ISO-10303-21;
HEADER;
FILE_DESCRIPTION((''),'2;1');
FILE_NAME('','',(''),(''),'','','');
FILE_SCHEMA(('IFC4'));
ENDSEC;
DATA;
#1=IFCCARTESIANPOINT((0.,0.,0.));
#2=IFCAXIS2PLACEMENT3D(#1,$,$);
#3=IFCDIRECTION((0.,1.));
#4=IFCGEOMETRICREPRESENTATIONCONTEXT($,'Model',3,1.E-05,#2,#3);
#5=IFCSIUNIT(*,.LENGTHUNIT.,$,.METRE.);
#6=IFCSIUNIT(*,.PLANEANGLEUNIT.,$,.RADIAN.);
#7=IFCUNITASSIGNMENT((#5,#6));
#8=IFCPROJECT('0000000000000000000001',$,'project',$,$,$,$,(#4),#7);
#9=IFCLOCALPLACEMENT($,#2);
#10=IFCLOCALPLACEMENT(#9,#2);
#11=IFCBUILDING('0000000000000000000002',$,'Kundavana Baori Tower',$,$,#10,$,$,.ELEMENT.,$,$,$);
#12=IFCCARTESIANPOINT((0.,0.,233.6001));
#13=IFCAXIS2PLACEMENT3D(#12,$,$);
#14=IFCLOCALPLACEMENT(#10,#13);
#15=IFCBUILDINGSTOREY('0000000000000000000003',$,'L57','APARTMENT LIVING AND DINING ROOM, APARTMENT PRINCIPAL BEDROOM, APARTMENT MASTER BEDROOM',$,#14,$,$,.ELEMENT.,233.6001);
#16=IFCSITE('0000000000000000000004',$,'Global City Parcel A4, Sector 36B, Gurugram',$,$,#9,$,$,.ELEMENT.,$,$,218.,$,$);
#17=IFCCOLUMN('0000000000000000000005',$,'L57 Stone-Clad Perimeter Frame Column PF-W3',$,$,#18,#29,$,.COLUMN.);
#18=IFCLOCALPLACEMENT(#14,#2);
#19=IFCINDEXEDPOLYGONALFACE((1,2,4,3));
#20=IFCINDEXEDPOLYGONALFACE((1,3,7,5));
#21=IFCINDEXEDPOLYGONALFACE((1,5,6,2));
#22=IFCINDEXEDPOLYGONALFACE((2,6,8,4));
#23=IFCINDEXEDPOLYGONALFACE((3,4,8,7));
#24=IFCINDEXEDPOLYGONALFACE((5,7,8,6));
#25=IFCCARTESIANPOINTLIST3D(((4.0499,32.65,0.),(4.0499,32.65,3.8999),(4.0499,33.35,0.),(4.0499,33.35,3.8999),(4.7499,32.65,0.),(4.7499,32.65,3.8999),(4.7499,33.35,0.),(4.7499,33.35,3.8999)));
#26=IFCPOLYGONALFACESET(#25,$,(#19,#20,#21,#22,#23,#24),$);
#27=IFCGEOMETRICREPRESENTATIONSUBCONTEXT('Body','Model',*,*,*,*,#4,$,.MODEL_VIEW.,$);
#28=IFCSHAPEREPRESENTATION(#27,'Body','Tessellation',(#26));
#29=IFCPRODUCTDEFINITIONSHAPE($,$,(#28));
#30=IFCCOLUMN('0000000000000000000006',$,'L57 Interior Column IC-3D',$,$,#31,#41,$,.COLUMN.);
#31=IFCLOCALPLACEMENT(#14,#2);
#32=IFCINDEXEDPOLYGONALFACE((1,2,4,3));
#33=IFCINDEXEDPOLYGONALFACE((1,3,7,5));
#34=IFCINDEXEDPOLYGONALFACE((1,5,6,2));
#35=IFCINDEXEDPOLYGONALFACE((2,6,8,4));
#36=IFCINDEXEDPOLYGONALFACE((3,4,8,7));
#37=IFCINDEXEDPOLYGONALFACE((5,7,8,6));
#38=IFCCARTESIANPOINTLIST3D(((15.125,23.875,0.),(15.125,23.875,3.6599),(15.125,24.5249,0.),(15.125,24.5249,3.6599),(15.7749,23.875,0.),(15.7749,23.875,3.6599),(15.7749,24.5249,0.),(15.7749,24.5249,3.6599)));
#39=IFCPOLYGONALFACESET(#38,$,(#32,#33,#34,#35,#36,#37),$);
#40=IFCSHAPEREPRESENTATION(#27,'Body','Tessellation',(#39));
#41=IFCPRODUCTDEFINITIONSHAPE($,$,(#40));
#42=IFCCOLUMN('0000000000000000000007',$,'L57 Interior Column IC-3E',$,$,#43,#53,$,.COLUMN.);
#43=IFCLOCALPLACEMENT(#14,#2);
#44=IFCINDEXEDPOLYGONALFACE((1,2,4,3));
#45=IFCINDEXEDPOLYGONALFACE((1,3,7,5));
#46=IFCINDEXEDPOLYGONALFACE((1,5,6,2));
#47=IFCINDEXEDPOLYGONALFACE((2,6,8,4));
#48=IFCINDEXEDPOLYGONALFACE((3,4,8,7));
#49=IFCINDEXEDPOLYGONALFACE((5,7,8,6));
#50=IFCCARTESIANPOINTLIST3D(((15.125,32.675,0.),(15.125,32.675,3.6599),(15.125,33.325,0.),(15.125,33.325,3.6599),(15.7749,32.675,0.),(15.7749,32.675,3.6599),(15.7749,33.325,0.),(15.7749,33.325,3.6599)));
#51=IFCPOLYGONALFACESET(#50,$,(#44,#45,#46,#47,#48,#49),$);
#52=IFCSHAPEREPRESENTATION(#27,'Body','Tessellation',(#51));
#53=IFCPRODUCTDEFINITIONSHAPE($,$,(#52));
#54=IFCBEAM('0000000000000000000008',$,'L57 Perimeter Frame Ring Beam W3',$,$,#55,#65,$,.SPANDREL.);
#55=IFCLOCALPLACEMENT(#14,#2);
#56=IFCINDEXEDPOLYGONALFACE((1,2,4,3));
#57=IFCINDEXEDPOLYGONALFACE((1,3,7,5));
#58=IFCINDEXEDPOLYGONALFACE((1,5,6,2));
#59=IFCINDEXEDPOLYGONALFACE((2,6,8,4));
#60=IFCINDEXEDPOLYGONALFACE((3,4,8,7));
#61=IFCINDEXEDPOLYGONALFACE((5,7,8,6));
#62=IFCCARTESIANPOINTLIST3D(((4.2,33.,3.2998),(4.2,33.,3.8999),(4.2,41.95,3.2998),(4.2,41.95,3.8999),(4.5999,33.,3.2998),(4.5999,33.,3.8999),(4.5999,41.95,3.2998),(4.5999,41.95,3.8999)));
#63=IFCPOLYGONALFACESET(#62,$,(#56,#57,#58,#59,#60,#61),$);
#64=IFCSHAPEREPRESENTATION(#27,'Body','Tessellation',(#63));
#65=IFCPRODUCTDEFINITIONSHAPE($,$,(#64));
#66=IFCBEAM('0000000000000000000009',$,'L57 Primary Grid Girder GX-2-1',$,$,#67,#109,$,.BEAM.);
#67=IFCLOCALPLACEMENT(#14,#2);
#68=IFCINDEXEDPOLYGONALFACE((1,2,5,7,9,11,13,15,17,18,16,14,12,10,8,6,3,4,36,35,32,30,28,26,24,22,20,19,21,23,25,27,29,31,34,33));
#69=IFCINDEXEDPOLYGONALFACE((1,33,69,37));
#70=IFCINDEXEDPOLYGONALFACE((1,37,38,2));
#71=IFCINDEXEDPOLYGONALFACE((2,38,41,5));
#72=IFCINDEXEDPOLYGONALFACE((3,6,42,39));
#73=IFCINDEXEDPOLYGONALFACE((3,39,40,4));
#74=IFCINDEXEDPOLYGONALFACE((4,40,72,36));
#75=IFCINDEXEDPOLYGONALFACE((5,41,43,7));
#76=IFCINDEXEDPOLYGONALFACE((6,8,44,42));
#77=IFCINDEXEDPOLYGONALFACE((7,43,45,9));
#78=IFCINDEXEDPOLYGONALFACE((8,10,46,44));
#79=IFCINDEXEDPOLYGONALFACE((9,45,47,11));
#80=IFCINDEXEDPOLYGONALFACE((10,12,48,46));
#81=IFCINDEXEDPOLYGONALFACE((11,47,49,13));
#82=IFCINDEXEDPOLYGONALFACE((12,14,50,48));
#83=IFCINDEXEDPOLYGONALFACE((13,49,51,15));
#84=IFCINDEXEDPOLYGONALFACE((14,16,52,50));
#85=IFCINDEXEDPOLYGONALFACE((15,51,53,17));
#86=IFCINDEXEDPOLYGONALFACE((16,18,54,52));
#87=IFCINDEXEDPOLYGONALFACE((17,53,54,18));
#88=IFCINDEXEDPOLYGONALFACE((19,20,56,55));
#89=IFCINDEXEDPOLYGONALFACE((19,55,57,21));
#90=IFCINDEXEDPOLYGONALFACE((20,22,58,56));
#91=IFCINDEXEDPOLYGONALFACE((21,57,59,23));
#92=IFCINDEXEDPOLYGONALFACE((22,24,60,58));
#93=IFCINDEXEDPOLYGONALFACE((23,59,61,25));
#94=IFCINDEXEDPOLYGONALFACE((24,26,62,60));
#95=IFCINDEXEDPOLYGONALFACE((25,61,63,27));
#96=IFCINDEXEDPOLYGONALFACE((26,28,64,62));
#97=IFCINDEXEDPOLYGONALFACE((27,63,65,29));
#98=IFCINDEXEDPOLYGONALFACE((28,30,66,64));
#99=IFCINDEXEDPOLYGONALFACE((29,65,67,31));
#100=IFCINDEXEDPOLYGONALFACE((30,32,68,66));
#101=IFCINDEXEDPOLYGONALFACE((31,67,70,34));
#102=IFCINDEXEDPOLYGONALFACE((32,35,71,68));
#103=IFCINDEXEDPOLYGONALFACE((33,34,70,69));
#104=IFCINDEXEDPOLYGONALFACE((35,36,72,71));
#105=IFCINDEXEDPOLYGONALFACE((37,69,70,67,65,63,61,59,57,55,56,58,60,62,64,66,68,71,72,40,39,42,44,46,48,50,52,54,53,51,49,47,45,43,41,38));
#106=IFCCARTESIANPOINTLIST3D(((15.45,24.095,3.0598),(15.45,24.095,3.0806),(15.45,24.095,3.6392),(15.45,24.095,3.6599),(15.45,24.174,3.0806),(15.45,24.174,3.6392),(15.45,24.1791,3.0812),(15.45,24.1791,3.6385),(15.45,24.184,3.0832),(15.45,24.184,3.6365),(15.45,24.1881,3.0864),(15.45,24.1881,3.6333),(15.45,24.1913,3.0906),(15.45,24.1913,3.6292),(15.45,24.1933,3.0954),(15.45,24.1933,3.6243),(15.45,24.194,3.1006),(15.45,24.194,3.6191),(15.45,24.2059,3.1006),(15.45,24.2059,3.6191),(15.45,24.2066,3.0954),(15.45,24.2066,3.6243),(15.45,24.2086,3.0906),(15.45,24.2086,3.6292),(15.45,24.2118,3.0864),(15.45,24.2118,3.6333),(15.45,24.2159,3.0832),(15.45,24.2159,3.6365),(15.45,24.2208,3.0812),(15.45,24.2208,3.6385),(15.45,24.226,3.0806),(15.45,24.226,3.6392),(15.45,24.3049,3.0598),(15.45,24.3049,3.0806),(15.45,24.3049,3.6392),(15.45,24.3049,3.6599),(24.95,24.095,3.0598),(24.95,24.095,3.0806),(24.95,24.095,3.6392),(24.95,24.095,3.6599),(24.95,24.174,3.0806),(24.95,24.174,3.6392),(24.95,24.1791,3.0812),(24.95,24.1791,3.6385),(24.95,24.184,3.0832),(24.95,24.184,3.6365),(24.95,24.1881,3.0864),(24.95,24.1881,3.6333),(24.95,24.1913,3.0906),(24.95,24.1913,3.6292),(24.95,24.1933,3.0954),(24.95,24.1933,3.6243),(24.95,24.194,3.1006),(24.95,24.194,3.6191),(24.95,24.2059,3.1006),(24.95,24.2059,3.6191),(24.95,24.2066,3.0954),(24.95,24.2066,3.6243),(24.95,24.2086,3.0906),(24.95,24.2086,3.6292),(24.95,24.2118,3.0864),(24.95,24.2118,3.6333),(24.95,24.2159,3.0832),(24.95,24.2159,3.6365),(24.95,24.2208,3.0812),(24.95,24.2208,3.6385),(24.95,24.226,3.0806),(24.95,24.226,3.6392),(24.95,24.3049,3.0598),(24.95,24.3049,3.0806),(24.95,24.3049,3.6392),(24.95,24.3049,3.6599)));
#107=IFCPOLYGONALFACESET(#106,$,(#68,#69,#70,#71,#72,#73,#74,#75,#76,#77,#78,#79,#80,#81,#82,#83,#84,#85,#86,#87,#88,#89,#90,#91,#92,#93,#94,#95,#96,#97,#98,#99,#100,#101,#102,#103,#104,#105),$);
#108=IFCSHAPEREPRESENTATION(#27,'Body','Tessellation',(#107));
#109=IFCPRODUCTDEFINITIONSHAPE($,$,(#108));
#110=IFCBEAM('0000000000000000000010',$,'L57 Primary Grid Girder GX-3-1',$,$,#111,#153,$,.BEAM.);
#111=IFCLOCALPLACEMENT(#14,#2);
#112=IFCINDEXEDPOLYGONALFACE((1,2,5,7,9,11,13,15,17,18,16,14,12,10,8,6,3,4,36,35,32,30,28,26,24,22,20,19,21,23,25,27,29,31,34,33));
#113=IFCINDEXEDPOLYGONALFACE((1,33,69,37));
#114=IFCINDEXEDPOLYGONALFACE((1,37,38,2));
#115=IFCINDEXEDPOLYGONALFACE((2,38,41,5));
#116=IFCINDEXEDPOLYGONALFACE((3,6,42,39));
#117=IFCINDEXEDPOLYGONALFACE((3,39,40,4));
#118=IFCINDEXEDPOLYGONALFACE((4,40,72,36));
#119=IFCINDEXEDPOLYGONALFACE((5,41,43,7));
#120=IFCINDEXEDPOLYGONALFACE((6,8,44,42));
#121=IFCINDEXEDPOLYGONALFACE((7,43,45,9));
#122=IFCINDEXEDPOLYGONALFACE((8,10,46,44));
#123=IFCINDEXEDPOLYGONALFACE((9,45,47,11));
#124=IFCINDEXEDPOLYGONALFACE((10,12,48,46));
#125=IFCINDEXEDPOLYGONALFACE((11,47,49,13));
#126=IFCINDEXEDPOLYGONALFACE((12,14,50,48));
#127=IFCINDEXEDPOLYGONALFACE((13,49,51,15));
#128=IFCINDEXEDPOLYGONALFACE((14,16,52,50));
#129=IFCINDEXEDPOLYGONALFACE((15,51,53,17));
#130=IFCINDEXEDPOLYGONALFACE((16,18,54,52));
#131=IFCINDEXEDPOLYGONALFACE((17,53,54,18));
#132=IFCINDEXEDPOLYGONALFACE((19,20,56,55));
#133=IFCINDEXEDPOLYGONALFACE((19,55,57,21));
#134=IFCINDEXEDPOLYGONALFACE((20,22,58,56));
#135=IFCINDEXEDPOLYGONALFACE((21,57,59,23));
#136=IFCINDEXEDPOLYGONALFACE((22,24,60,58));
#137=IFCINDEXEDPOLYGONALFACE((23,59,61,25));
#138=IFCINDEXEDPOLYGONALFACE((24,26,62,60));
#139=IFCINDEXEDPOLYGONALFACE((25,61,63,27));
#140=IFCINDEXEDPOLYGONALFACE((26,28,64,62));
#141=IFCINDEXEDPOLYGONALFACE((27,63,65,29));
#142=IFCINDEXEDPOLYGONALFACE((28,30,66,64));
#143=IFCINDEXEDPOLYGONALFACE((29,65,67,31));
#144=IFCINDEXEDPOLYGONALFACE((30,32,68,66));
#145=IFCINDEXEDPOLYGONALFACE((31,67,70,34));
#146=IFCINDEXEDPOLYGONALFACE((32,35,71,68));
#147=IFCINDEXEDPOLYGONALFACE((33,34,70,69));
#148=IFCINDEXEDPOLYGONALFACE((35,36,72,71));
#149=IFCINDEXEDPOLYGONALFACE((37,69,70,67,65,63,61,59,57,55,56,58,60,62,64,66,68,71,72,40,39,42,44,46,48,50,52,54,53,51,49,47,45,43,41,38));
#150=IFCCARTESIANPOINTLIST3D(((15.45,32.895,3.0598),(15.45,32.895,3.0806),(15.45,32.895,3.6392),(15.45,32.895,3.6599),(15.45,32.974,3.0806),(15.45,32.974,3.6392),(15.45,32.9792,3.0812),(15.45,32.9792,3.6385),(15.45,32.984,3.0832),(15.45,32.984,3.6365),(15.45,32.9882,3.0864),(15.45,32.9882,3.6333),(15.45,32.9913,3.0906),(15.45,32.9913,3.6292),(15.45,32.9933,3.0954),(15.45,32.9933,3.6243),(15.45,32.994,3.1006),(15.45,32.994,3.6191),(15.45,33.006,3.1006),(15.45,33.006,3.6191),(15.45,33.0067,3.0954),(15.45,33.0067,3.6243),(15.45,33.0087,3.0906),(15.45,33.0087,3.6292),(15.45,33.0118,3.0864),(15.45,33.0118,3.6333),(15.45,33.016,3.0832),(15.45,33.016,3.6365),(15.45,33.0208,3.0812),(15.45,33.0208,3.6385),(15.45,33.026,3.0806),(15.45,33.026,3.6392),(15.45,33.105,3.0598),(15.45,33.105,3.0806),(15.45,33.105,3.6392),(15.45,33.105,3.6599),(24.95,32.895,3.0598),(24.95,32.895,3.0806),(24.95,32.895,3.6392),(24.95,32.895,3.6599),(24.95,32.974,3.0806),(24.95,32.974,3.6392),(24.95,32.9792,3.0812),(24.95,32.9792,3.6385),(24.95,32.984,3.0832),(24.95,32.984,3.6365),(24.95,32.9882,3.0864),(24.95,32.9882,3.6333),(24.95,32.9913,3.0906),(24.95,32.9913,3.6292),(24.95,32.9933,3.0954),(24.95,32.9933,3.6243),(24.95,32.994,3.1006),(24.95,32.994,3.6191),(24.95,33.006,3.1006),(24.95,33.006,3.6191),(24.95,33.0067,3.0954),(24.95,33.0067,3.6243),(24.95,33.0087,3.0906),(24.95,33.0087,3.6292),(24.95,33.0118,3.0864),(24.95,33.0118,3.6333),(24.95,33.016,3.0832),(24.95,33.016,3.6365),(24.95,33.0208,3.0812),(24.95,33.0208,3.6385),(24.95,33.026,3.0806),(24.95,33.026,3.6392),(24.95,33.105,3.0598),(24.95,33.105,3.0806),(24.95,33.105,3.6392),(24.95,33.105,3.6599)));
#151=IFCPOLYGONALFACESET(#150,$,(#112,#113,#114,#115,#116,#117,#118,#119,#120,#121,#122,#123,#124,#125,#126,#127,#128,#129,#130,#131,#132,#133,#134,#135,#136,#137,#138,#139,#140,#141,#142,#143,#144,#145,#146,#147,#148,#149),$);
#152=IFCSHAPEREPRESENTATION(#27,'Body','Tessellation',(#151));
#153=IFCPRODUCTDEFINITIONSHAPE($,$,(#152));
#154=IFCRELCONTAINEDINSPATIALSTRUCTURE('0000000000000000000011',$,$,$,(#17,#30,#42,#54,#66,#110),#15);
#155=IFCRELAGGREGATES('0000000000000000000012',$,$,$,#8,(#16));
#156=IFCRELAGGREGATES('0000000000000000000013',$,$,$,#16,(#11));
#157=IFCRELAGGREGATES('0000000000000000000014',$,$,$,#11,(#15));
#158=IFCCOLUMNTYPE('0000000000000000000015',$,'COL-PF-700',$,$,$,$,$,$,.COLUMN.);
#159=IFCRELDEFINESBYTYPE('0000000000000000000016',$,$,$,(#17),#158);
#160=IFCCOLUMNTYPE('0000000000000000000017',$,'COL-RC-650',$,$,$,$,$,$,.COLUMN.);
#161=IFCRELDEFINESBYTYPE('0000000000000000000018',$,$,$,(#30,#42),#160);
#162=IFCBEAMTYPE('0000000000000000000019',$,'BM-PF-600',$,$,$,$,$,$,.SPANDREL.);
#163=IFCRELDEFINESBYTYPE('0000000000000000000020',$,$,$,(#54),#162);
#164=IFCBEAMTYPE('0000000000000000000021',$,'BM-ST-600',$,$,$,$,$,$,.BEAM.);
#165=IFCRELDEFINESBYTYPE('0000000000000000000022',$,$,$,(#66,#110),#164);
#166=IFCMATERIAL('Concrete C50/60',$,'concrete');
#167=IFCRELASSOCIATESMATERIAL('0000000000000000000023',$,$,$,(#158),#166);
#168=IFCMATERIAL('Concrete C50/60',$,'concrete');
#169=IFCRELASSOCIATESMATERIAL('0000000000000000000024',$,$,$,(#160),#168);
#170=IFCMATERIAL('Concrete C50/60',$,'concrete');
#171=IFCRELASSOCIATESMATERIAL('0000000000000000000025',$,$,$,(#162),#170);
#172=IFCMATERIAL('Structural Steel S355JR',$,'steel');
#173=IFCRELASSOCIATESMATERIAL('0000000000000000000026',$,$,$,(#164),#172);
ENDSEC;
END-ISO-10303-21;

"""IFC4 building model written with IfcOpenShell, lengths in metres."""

from ifc_helpers import new_model, si_unit, direction, frame, origin, origin_2d, place, context, subcontext, project, spatial, rectangle, i_section, extrude, material, material_profile, profile_set, type_object, element, save


model = new_model("IFC4")

# Units and contexts
model_context = context("Model", 3, precision=1e-05, world=origin(), true_north=direction((0.0, 1.0)))
body_context = subcontext(model_context, "Body", "Model", "MODEL_VIEW")
ifc_project = project(units=[si_unit("LENGTHUNIT", "METRE"), si_unit("PLANEANGLEUNIT", "RADIAN")], contexts=[model_context])

# Site, building, storey
site_placement = place(None, origin())
site = spatial("IfcSite", under=ifc_project, at=site_placement, Name="Global City Parcel A4, Sector 36B, Gurugram", CompositionType="ELEMENT", RefElevation=218.0)
building_placement = place(site_placement, origin())
building = spatial("IfcBuilding", under=site, at=building_placement, Name="Kundavana Baori Tower", CompositionType="ELEMENT")
storey_placement = place(building_placement, frame((0.0, 0.0, 233.6001)))
storey = spatial("IfcBuildingStorey", under=building, at=storey_placement, Name="L57", Description="APARTMENT LIVING AND DINING ROOM, APARTMENT PRINCIPAL BEDROOM, APARTMENT MASTER BEDROOM", CompositionType="ELEMENT", Elevation=233.6001)

# Columns
ifc_material_1 = material(Name="Concrete C50/60", Category="concrete")
ifc_material_profile_1 = material_profile(ifc_material_1, rectangle(XDim=0.7, YDim=0.7, at=origin_2d()), Name="RC PF 700x700")
ifc_profile_set_1 = profile_set([ifc_material_profile_1], Name="Concrete C50/60")
column_type_1 = type_object("IfcColumnType", Name="COL-PF-700", PredefinedType="COLUMN", material=ifc_profile_set_1)
column_placement = place(storey_placement, frame((4.3999, 33.0, 0.0), z_axis=(0.0, 0.0, 1.0), x_axis=(1.0, 0.0, 0.0)))
element("IfcColumn", 1, at=column_placement, inside=storey, type_object=column_type_1, Name="L57 Stone-Clad Perimeter Frame Column PF-W3", PredefinedType="COLUMN", context=body_context, shape_type="SweptSolid", body=[
    extrude(rectangle(XDim=0.7, YDim=0.7, at=origin_2d()), origin(), (0.0, 0.0, 1.0), 3.8999),
])
ifc_material_2 = material(Name="Concrete C50/60", Category="concrete")
ifc_material_profile_2 = material_profile(ifc_material_2, rectangle(XDim=0.6499, YDim=0.6499, at=origin_2d()), Name="RC 650x650")
ifc_profile_set_2 = profile_set([ifc_material_profile_2], Name="Concrete C50/60")
column_type_2 = type_object("IfcColumnType", Name="COL-RC-650", PredefinedType="COLUMN", material=ifc_profile_set_2)
for number, where, z_axis, x_axis, name in (
    (2, (15.45, 24.2, 0.0), (0.0, 0.0, 1.0), (1.0, 0.0, 0.0), "L57 Interior Column IC-3D"),
    (3, (15.45, 33.0, 0.0), (0.0, 0.0, 1.0), (1.0, 0.0, 0.0), "L57 Interior Column IC-3E"),
):
    element("IfcColumn", number, at=place(storey_placement, frame(where, z_axis=z_axis, x_axis=x_axis)), inside=storey, type_object=column_type_2, Name=name, PredefinedType="COLUMN", context=body_context, shape_type="SweptSolid", body=[
        extrude(rectangle(XDim=0.6499, YDim=0.6499, at=origin_2d()), origin(), (0.0, 0.0, 1.0), 3.6599),
    ])

# Beams
ifc_material_3 = material(Name="Concrete C50/60", Category="concrete")
ifc_material_profile_3 = material_profile(ifc_material_3, rectangle(XDim=0.3999, YDim=0.6001, at=origin_2d()), Name="RC BM 400x600")
ifc_profile_set_3 = profile_set([ifc_material_profile_3], Name="Concrete C50/60")
beam_type_1 = type_object("IfcBeamType", Name="BM-PF-600", PredefinedType="SPANDREL", material=ifc_profile_set_3)
beam_placement = place(storey_placement, frame((4.3999, 33.0, 3.5999), z_axis=(0.0, 1.0, 0.0), x_axis=(-1.0, 0.0, 0.0)))
element("IfcBeam", 4, at=beam_placement, inside=storey, type_object=beam_type_1, Name="L57 Perimeter Frame Ring Beam W3", PredefinedType="SPANDREL", context=body_context, shape_type="SweptSolid", body=[
    extrude(rectangle(XDim=0.3999, YDim=0.6001, at=origin_2d()), origin(), (0.0, 0.0, 1.0), 8.95),
])
ifc_material_4 = material(Name="Structural Steel S355JR", Category="steel")
ifc_material_profile_4 = material_profile(ifc_material_4, i_section(OverallWidth=0.21, OverallDepth=0.6001, WebThickness=0.012, FlangeThickness=0.0208, FilletRadius=0.02, at=origin_2d()), Name="ISMB 600")
ifc_profile_set_4 = profile_set([ifc_material_profile_4], Name="Structural Steel S355JR")
beam_type_2 = type_object("IfcBeamType", Name="BM-ST-600", PredefinedType="BEAM", material=ifc_profile_set_4)
for number, where, z_axis, x_axis, name in (
    (5, (15.45, 24.2, 3.3599), (1.0, 0.0, 0.0), (0.0, 1.0, 0.0), "L57 Primary Grid Girder GX-2-1"),
    (6, (15.45, 33.0, 3.3599), (1.0, 0.0, 0.0), (0.0, 1.0, 0.0), "L57 Primary Grid Girder GX-3-1"),
):
    element("IfcBeam", number, at=place(storey_placement, frame(where, z_axis=z_axis, x_axis=x_axis)), inside=storey, type_object=beam_type_2, Name=name, PredefinedType="BEAM", context=body_context, shape_type="SweptSolid", body=[
        extrude(i_section(OverallWidth=0.21, OverallDepth=0.6001, WebThickness=0.012, FlangeThickness=0.0208, FilletRadius=0.02, at=origin_2d()), origin(), (0.0, 0.0, 1.0), 9.5),
    ])

save(model, "model.ifc")
